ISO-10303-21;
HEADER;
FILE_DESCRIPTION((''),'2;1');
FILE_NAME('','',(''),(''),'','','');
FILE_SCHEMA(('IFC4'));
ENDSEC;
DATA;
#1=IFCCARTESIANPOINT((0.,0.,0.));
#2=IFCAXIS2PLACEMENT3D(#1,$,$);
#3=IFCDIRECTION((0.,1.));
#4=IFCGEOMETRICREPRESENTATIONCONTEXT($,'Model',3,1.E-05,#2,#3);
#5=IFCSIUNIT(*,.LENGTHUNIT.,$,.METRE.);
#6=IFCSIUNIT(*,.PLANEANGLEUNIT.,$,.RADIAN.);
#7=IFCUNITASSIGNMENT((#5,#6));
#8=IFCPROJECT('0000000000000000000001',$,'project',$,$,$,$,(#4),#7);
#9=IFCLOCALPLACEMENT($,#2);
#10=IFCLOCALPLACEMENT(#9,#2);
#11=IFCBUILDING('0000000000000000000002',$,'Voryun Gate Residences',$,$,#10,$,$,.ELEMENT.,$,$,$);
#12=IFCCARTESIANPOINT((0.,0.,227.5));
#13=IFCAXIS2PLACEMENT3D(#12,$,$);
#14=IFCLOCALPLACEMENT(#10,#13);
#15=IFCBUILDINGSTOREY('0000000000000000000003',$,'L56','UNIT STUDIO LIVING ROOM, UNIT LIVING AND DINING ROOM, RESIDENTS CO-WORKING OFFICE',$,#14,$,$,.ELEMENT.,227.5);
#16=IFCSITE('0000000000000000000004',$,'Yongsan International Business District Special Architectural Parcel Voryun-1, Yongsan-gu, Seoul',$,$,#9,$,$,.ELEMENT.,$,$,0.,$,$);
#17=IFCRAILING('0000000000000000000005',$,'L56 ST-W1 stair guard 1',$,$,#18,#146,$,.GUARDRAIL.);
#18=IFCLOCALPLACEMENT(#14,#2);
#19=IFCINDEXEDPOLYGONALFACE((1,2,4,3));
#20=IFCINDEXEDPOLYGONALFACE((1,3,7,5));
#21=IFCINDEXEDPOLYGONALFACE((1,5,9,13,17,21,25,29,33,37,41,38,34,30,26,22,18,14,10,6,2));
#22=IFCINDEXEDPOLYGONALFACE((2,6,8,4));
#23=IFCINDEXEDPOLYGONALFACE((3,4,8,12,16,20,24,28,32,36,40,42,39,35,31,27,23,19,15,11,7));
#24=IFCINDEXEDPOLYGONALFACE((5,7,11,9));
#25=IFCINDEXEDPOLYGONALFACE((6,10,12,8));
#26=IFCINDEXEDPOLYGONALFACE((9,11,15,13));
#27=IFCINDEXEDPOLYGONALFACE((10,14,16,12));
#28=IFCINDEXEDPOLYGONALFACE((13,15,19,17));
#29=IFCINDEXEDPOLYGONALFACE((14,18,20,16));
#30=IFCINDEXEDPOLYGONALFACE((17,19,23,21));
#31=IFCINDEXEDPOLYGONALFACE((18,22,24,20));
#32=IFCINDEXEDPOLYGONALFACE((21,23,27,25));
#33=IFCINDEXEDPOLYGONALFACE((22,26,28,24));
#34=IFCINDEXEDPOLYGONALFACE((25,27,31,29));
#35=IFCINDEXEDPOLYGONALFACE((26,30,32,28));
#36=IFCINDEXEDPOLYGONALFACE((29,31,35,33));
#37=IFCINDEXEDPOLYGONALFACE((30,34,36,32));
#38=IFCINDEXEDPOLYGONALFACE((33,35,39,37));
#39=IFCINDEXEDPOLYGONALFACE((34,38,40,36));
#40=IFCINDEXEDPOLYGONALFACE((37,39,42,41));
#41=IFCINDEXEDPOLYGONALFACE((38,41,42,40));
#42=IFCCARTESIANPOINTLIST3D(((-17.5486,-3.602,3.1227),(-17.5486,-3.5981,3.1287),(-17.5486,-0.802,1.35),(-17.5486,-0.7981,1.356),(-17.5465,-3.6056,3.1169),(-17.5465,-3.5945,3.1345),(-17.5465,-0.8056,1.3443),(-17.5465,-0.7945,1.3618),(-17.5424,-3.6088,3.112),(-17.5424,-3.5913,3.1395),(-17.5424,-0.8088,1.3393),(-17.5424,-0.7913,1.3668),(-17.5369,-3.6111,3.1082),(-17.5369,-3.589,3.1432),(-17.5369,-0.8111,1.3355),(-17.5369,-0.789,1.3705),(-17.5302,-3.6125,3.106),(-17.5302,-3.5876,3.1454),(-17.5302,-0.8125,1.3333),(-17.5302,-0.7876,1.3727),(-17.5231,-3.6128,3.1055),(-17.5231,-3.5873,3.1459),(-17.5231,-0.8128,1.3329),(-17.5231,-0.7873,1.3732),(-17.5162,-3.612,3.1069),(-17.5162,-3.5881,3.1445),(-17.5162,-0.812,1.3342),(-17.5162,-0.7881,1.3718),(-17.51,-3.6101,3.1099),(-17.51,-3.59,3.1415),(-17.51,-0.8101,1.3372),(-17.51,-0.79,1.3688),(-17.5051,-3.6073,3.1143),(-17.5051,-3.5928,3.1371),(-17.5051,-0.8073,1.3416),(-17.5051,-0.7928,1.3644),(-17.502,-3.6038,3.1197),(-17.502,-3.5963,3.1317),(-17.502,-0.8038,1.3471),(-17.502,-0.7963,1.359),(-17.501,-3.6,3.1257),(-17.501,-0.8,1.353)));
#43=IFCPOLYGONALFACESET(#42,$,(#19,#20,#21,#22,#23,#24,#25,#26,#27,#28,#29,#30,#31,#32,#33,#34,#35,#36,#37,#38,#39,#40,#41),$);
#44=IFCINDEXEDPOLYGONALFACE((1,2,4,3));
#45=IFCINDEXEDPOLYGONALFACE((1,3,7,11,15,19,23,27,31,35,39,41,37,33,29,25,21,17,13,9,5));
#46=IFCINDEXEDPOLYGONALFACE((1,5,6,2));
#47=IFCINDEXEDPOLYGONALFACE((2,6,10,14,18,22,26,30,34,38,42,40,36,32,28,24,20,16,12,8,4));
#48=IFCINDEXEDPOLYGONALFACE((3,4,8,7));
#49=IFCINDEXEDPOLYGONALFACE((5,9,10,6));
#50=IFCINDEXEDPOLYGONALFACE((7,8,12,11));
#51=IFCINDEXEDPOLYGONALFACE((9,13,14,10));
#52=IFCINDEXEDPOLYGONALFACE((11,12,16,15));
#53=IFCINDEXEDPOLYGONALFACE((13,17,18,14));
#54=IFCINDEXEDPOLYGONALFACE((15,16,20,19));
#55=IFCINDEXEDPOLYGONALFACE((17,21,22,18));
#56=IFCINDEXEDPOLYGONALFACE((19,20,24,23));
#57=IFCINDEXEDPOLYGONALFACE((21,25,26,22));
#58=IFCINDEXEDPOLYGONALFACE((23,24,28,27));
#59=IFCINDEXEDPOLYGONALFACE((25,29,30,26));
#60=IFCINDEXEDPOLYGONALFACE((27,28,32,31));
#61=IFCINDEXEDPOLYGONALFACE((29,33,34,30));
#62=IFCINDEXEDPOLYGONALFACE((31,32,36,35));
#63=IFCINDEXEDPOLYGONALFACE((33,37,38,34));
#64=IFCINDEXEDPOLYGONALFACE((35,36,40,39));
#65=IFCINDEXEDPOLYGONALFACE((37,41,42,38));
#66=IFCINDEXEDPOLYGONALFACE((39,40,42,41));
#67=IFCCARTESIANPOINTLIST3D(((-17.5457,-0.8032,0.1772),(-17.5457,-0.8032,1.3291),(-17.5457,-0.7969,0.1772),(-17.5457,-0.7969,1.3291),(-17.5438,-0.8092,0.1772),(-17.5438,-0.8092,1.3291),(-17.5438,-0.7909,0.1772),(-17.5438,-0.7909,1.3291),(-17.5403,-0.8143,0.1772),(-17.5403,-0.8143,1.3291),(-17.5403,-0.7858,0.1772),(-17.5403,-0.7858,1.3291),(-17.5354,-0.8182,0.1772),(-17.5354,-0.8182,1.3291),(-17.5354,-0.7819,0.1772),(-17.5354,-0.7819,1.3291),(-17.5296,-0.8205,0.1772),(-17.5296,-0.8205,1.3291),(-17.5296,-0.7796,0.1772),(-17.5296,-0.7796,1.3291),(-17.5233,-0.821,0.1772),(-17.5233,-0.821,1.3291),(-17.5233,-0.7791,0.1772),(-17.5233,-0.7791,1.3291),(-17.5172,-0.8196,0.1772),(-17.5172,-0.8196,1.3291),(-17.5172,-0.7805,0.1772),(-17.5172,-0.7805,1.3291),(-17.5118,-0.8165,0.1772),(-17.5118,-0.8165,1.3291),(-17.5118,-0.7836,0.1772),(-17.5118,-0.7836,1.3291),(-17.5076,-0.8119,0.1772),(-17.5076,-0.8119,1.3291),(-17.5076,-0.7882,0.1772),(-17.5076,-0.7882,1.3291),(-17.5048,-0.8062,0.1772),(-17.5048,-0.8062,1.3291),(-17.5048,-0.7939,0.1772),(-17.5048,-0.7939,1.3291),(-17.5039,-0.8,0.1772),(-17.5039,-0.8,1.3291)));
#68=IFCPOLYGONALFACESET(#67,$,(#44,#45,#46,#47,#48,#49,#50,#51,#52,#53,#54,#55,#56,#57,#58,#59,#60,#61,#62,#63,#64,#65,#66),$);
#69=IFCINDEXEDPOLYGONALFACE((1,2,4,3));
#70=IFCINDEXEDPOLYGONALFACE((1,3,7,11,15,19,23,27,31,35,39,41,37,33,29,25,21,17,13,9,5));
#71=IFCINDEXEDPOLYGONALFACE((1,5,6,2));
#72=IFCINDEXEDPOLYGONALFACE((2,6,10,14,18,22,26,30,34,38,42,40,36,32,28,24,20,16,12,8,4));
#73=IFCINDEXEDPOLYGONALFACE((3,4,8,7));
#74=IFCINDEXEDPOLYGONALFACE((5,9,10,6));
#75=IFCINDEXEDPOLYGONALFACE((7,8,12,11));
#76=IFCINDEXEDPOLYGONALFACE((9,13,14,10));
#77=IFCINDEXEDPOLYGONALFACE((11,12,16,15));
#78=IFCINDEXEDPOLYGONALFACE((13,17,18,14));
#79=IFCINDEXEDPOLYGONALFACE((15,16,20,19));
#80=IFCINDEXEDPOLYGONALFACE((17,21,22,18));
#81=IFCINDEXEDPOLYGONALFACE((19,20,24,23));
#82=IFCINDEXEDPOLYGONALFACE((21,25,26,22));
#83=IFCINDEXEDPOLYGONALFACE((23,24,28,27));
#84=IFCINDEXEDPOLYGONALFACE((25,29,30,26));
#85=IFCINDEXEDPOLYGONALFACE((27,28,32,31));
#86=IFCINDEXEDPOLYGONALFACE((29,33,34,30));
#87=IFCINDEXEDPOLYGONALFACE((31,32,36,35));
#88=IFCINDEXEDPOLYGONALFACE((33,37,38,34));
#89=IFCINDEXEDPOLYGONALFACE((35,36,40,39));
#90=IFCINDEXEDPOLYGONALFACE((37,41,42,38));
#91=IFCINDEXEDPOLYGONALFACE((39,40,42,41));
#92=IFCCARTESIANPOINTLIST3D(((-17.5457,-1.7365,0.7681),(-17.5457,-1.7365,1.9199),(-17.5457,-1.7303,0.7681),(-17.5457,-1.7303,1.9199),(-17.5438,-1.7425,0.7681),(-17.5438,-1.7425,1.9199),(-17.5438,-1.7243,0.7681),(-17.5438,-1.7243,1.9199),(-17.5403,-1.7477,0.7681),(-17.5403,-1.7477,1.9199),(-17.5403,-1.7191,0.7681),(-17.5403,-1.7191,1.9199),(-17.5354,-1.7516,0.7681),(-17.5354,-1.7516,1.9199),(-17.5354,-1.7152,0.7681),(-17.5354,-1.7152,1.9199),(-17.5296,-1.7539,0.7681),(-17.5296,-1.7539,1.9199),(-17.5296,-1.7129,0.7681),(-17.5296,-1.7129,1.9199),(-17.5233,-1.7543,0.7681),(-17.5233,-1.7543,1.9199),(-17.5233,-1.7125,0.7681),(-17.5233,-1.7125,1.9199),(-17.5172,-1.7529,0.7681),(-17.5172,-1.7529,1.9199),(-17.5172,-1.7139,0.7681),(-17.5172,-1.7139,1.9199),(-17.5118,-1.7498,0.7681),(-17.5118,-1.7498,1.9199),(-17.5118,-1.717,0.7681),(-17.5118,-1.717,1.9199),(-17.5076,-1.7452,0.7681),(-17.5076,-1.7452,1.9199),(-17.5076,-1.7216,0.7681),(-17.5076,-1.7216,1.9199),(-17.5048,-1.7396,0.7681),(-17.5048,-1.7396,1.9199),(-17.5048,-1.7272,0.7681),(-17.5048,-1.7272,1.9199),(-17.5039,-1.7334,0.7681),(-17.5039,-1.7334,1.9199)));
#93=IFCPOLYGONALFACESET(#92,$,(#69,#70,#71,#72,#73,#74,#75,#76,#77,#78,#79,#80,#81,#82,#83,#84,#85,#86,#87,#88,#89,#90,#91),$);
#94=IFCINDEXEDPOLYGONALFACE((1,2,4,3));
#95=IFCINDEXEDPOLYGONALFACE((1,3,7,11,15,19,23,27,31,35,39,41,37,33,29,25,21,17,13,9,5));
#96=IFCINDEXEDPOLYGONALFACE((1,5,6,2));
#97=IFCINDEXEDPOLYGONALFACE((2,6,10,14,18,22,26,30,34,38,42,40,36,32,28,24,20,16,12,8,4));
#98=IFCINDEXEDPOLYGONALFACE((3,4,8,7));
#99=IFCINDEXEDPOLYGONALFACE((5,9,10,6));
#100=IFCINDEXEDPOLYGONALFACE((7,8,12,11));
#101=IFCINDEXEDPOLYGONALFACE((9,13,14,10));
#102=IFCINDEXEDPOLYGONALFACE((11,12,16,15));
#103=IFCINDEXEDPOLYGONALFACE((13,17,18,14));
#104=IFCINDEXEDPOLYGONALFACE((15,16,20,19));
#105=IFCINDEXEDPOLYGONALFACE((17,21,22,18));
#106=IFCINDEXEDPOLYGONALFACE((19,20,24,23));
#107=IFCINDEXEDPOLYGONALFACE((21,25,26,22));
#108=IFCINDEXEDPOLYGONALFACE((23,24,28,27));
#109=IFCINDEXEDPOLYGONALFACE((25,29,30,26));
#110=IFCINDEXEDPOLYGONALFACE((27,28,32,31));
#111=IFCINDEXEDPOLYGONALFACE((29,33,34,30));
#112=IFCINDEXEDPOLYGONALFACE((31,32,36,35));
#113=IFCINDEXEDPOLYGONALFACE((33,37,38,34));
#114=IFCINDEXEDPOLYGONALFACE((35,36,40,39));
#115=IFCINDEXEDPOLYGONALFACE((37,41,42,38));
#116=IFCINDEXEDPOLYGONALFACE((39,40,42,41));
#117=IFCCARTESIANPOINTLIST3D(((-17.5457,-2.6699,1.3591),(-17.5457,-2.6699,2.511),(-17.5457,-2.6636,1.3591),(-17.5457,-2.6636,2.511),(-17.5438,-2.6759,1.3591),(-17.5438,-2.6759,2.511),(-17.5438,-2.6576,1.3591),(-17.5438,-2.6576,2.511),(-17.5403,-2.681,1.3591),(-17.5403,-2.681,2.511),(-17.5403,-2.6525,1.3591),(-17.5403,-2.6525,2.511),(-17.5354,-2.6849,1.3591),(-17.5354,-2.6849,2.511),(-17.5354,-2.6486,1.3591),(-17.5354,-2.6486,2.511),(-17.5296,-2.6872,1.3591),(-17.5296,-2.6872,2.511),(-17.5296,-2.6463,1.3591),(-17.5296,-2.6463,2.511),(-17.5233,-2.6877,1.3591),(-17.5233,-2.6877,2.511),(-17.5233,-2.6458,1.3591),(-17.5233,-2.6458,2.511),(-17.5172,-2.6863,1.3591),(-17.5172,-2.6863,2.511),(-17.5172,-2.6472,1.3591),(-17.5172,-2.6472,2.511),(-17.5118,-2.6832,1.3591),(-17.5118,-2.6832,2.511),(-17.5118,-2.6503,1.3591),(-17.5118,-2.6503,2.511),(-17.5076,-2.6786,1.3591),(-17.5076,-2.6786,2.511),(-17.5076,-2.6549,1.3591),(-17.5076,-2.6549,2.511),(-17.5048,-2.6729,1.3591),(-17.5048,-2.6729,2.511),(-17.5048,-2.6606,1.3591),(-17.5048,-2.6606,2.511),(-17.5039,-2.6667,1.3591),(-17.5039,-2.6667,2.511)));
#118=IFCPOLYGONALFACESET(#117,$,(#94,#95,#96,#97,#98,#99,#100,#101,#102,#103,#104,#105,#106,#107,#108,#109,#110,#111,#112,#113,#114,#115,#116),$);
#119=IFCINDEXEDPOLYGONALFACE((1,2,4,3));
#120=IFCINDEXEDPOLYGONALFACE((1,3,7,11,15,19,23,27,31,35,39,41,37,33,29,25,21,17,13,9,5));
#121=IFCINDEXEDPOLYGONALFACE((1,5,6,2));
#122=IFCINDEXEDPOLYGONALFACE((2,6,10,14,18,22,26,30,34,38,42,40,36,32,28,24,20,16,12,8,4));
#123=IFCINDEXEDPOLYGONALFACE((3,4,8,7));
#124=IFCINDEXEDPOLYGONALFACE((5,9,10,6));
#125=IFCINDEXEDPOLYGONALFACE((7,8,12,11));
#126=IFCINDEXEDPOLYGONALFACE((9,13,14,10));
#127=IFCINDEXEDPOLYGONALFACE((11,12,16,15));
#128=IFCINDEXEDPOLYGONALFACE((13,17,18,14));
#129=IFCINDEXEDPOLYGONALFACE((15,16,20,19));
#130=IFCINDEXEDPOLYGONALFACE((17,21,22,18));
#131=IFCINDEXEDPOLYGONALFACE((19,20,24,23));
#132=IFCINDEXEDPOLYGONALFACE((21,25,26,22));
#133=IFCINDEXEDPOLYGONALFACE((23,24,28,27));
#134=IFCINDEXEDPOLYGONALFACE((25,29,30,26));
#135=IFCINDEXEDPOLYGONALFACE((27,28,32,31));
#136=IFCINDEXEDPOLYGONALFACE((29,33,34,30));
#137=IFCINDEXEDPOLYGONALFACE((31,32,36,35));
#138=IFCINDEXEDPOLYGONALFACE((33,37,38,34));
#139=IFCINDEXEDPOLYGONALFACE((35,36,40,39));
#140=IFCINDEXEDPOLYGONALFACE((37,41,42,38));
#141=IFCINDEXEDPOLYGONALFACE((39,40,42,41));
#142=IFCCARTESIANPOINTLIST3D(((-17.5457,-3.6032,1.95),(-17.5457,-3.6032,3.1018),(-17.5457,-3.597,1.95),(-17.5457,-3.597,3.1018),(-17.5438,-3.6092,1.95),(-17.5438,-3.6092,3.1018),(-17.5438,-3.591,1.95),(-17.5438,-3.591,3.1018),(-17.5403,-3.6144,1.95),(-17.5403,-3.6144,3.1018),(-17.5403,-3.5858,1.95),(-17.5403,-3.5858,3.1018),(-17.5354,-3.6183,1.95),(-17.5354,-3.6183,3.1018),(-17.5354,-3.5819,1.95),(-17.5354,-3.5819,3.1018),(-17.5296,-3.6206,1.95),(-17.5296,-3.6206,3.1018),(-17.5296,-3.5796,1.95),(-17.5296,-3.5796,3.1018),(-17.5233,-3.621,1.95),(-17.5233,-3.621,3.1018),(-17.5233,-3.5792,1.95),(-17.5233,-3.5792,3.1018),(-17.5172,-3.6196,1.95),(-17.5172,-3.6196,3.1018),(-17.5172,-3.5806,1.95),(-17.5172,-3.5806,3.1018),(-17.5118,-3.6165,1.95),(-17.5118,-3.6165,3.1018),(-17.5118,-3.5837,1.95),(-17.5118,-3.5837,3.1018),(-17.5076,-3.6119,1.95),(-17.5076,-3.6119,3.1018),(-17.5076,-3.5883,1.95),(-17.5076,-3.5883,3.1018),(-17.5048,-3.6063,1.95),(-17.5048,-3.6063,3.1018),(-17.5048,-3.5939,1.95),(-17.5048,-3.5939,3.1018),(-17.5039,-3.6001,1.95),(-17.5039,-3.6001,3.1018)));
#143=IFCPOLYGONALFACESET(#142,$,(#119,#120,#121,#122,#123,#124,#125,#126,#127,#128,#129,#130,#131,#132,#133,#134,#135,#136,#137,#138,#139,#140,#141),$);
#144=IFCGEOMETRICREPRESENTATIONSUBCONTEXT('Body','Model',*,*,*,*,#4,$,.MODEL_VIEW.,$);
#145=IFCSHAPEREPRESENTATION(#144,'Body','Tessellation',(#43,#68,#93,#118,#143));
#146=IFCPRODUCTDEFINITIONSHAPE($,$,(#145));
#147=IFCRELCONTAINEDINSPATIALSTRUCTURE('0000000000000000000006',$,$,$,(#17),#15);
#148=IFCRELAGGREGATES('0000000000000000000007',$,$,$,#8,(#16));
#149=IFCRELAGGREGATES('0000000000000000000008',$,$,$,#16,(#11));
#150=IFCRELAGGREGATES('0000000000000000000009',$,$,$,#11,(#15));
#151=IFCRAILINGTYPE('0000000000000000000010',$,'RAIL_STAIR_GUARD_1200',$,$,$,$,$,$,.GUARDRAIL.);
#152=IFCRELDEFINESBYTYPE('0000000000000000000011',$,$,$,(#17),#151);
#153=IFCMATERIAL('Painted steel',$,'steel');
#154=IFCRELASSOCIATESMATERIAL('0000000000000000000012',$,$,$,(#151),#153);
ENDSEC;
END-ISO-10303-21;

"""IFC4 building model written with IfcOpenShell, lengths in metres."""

from ifc_helpers import new_model, si_unit, direction, frame, origin, origin_2d, place, context, subcontext, project, spatial, circle, extrude, material, type_object, element, save


model = new_model("IFC4")

# Units and contexts
model_context = context("Model", 3, precision=1e-05, world=origin(), true_north=direction((0.0, 1.0)))
body_context = subcontext(model_context, "Body", "Model", "MODEL_VIEW")
ifc_project = project(units=[si_unit("LENGTHUNIT", "METRE"), si_unit("PLANEANGLEUNIT", "RADIAN")], contexts=[model_context])

# Site, building, storey
site_placement = place(None, origin())
site = spatial("IfcSite", under=ifc_project, at=site_placement, Name="Yongsan International Business District Special Architectural Parcel Voryun-1, Yongsan-gu, Seoul", CompositionType="ELEMENT", RefElevation=0.0)
building_placement = place(site_placement, origin())
building = spatial("IfcBuilding", under=site, at=building_placement, Name="Voryun Gate Residences", CompositionType="ELEMENT")
storey_placement = place(building_placement, frame((0.0, 0.0, 227.5)))
storey = spatial("IfcBuildingStorey", under=building, at=storey_placement, Name="L56", Description="UNIT STUDIO LIVING ROOM, UNIT LIVING AND DINING ROOM, RESIDENTS CO-WORKING OFFICE", CompositionType="ELEMENT", Elevation=227.5)

# Railing
ifc_material_1 = material(Name="Painted steel", Category="steel")
railing_type_1 = type_object("IfcRailingType", Name="RAIL_STAIR_GUARD_1200", PredefinedType="GUARDRAIL", material=ifc_material_1)
railing_1_placement = place(storey_placement, frame((-17.5249, -0.8, 0.1772)))
element("IfcRailing", 1, at=railing_1_placement, inside=storey, type_object=railing_type_1, Name="L56 ST-W1 stair guard 1", PredefinedType="GUARDRAIL", context=body_context, shape_type="SweptSolid", body=[
    extrude(circle(Radius=0.0239, at=origin_2d()), frame((0.0, 0.0, 1.1758), z_axis=(0.0, -0.844909, 0.53491), x_axis=(1.0, 0.0, 0.0)), (0.0, 0.0, 1.0), 3.314),
    extrude(circle(Radius=0.021, at=origin_2d()), origin(), (0.0, 0.0, 1.0), 1.1519),
    extrude(circle(Radius=0.021, at=origin_2d()), frame((0.0, -0.9333, 0.5908)), (0.0, 0.0, 1.0), 1.1519),
    extrude(circle(Radius=0.021, at=origin_2d()), frame((0.0, -1.8667, 1.1819)), (0.0, 0.0, 1.0), 1.1519),
    extrude(circle(Radius=0.021, at=origin_2d()), frame((0.0, -2.8, 1.7727)), (0.0, 0.0, 1.0), 1.1519),
])

save(model, "model.ifc")
